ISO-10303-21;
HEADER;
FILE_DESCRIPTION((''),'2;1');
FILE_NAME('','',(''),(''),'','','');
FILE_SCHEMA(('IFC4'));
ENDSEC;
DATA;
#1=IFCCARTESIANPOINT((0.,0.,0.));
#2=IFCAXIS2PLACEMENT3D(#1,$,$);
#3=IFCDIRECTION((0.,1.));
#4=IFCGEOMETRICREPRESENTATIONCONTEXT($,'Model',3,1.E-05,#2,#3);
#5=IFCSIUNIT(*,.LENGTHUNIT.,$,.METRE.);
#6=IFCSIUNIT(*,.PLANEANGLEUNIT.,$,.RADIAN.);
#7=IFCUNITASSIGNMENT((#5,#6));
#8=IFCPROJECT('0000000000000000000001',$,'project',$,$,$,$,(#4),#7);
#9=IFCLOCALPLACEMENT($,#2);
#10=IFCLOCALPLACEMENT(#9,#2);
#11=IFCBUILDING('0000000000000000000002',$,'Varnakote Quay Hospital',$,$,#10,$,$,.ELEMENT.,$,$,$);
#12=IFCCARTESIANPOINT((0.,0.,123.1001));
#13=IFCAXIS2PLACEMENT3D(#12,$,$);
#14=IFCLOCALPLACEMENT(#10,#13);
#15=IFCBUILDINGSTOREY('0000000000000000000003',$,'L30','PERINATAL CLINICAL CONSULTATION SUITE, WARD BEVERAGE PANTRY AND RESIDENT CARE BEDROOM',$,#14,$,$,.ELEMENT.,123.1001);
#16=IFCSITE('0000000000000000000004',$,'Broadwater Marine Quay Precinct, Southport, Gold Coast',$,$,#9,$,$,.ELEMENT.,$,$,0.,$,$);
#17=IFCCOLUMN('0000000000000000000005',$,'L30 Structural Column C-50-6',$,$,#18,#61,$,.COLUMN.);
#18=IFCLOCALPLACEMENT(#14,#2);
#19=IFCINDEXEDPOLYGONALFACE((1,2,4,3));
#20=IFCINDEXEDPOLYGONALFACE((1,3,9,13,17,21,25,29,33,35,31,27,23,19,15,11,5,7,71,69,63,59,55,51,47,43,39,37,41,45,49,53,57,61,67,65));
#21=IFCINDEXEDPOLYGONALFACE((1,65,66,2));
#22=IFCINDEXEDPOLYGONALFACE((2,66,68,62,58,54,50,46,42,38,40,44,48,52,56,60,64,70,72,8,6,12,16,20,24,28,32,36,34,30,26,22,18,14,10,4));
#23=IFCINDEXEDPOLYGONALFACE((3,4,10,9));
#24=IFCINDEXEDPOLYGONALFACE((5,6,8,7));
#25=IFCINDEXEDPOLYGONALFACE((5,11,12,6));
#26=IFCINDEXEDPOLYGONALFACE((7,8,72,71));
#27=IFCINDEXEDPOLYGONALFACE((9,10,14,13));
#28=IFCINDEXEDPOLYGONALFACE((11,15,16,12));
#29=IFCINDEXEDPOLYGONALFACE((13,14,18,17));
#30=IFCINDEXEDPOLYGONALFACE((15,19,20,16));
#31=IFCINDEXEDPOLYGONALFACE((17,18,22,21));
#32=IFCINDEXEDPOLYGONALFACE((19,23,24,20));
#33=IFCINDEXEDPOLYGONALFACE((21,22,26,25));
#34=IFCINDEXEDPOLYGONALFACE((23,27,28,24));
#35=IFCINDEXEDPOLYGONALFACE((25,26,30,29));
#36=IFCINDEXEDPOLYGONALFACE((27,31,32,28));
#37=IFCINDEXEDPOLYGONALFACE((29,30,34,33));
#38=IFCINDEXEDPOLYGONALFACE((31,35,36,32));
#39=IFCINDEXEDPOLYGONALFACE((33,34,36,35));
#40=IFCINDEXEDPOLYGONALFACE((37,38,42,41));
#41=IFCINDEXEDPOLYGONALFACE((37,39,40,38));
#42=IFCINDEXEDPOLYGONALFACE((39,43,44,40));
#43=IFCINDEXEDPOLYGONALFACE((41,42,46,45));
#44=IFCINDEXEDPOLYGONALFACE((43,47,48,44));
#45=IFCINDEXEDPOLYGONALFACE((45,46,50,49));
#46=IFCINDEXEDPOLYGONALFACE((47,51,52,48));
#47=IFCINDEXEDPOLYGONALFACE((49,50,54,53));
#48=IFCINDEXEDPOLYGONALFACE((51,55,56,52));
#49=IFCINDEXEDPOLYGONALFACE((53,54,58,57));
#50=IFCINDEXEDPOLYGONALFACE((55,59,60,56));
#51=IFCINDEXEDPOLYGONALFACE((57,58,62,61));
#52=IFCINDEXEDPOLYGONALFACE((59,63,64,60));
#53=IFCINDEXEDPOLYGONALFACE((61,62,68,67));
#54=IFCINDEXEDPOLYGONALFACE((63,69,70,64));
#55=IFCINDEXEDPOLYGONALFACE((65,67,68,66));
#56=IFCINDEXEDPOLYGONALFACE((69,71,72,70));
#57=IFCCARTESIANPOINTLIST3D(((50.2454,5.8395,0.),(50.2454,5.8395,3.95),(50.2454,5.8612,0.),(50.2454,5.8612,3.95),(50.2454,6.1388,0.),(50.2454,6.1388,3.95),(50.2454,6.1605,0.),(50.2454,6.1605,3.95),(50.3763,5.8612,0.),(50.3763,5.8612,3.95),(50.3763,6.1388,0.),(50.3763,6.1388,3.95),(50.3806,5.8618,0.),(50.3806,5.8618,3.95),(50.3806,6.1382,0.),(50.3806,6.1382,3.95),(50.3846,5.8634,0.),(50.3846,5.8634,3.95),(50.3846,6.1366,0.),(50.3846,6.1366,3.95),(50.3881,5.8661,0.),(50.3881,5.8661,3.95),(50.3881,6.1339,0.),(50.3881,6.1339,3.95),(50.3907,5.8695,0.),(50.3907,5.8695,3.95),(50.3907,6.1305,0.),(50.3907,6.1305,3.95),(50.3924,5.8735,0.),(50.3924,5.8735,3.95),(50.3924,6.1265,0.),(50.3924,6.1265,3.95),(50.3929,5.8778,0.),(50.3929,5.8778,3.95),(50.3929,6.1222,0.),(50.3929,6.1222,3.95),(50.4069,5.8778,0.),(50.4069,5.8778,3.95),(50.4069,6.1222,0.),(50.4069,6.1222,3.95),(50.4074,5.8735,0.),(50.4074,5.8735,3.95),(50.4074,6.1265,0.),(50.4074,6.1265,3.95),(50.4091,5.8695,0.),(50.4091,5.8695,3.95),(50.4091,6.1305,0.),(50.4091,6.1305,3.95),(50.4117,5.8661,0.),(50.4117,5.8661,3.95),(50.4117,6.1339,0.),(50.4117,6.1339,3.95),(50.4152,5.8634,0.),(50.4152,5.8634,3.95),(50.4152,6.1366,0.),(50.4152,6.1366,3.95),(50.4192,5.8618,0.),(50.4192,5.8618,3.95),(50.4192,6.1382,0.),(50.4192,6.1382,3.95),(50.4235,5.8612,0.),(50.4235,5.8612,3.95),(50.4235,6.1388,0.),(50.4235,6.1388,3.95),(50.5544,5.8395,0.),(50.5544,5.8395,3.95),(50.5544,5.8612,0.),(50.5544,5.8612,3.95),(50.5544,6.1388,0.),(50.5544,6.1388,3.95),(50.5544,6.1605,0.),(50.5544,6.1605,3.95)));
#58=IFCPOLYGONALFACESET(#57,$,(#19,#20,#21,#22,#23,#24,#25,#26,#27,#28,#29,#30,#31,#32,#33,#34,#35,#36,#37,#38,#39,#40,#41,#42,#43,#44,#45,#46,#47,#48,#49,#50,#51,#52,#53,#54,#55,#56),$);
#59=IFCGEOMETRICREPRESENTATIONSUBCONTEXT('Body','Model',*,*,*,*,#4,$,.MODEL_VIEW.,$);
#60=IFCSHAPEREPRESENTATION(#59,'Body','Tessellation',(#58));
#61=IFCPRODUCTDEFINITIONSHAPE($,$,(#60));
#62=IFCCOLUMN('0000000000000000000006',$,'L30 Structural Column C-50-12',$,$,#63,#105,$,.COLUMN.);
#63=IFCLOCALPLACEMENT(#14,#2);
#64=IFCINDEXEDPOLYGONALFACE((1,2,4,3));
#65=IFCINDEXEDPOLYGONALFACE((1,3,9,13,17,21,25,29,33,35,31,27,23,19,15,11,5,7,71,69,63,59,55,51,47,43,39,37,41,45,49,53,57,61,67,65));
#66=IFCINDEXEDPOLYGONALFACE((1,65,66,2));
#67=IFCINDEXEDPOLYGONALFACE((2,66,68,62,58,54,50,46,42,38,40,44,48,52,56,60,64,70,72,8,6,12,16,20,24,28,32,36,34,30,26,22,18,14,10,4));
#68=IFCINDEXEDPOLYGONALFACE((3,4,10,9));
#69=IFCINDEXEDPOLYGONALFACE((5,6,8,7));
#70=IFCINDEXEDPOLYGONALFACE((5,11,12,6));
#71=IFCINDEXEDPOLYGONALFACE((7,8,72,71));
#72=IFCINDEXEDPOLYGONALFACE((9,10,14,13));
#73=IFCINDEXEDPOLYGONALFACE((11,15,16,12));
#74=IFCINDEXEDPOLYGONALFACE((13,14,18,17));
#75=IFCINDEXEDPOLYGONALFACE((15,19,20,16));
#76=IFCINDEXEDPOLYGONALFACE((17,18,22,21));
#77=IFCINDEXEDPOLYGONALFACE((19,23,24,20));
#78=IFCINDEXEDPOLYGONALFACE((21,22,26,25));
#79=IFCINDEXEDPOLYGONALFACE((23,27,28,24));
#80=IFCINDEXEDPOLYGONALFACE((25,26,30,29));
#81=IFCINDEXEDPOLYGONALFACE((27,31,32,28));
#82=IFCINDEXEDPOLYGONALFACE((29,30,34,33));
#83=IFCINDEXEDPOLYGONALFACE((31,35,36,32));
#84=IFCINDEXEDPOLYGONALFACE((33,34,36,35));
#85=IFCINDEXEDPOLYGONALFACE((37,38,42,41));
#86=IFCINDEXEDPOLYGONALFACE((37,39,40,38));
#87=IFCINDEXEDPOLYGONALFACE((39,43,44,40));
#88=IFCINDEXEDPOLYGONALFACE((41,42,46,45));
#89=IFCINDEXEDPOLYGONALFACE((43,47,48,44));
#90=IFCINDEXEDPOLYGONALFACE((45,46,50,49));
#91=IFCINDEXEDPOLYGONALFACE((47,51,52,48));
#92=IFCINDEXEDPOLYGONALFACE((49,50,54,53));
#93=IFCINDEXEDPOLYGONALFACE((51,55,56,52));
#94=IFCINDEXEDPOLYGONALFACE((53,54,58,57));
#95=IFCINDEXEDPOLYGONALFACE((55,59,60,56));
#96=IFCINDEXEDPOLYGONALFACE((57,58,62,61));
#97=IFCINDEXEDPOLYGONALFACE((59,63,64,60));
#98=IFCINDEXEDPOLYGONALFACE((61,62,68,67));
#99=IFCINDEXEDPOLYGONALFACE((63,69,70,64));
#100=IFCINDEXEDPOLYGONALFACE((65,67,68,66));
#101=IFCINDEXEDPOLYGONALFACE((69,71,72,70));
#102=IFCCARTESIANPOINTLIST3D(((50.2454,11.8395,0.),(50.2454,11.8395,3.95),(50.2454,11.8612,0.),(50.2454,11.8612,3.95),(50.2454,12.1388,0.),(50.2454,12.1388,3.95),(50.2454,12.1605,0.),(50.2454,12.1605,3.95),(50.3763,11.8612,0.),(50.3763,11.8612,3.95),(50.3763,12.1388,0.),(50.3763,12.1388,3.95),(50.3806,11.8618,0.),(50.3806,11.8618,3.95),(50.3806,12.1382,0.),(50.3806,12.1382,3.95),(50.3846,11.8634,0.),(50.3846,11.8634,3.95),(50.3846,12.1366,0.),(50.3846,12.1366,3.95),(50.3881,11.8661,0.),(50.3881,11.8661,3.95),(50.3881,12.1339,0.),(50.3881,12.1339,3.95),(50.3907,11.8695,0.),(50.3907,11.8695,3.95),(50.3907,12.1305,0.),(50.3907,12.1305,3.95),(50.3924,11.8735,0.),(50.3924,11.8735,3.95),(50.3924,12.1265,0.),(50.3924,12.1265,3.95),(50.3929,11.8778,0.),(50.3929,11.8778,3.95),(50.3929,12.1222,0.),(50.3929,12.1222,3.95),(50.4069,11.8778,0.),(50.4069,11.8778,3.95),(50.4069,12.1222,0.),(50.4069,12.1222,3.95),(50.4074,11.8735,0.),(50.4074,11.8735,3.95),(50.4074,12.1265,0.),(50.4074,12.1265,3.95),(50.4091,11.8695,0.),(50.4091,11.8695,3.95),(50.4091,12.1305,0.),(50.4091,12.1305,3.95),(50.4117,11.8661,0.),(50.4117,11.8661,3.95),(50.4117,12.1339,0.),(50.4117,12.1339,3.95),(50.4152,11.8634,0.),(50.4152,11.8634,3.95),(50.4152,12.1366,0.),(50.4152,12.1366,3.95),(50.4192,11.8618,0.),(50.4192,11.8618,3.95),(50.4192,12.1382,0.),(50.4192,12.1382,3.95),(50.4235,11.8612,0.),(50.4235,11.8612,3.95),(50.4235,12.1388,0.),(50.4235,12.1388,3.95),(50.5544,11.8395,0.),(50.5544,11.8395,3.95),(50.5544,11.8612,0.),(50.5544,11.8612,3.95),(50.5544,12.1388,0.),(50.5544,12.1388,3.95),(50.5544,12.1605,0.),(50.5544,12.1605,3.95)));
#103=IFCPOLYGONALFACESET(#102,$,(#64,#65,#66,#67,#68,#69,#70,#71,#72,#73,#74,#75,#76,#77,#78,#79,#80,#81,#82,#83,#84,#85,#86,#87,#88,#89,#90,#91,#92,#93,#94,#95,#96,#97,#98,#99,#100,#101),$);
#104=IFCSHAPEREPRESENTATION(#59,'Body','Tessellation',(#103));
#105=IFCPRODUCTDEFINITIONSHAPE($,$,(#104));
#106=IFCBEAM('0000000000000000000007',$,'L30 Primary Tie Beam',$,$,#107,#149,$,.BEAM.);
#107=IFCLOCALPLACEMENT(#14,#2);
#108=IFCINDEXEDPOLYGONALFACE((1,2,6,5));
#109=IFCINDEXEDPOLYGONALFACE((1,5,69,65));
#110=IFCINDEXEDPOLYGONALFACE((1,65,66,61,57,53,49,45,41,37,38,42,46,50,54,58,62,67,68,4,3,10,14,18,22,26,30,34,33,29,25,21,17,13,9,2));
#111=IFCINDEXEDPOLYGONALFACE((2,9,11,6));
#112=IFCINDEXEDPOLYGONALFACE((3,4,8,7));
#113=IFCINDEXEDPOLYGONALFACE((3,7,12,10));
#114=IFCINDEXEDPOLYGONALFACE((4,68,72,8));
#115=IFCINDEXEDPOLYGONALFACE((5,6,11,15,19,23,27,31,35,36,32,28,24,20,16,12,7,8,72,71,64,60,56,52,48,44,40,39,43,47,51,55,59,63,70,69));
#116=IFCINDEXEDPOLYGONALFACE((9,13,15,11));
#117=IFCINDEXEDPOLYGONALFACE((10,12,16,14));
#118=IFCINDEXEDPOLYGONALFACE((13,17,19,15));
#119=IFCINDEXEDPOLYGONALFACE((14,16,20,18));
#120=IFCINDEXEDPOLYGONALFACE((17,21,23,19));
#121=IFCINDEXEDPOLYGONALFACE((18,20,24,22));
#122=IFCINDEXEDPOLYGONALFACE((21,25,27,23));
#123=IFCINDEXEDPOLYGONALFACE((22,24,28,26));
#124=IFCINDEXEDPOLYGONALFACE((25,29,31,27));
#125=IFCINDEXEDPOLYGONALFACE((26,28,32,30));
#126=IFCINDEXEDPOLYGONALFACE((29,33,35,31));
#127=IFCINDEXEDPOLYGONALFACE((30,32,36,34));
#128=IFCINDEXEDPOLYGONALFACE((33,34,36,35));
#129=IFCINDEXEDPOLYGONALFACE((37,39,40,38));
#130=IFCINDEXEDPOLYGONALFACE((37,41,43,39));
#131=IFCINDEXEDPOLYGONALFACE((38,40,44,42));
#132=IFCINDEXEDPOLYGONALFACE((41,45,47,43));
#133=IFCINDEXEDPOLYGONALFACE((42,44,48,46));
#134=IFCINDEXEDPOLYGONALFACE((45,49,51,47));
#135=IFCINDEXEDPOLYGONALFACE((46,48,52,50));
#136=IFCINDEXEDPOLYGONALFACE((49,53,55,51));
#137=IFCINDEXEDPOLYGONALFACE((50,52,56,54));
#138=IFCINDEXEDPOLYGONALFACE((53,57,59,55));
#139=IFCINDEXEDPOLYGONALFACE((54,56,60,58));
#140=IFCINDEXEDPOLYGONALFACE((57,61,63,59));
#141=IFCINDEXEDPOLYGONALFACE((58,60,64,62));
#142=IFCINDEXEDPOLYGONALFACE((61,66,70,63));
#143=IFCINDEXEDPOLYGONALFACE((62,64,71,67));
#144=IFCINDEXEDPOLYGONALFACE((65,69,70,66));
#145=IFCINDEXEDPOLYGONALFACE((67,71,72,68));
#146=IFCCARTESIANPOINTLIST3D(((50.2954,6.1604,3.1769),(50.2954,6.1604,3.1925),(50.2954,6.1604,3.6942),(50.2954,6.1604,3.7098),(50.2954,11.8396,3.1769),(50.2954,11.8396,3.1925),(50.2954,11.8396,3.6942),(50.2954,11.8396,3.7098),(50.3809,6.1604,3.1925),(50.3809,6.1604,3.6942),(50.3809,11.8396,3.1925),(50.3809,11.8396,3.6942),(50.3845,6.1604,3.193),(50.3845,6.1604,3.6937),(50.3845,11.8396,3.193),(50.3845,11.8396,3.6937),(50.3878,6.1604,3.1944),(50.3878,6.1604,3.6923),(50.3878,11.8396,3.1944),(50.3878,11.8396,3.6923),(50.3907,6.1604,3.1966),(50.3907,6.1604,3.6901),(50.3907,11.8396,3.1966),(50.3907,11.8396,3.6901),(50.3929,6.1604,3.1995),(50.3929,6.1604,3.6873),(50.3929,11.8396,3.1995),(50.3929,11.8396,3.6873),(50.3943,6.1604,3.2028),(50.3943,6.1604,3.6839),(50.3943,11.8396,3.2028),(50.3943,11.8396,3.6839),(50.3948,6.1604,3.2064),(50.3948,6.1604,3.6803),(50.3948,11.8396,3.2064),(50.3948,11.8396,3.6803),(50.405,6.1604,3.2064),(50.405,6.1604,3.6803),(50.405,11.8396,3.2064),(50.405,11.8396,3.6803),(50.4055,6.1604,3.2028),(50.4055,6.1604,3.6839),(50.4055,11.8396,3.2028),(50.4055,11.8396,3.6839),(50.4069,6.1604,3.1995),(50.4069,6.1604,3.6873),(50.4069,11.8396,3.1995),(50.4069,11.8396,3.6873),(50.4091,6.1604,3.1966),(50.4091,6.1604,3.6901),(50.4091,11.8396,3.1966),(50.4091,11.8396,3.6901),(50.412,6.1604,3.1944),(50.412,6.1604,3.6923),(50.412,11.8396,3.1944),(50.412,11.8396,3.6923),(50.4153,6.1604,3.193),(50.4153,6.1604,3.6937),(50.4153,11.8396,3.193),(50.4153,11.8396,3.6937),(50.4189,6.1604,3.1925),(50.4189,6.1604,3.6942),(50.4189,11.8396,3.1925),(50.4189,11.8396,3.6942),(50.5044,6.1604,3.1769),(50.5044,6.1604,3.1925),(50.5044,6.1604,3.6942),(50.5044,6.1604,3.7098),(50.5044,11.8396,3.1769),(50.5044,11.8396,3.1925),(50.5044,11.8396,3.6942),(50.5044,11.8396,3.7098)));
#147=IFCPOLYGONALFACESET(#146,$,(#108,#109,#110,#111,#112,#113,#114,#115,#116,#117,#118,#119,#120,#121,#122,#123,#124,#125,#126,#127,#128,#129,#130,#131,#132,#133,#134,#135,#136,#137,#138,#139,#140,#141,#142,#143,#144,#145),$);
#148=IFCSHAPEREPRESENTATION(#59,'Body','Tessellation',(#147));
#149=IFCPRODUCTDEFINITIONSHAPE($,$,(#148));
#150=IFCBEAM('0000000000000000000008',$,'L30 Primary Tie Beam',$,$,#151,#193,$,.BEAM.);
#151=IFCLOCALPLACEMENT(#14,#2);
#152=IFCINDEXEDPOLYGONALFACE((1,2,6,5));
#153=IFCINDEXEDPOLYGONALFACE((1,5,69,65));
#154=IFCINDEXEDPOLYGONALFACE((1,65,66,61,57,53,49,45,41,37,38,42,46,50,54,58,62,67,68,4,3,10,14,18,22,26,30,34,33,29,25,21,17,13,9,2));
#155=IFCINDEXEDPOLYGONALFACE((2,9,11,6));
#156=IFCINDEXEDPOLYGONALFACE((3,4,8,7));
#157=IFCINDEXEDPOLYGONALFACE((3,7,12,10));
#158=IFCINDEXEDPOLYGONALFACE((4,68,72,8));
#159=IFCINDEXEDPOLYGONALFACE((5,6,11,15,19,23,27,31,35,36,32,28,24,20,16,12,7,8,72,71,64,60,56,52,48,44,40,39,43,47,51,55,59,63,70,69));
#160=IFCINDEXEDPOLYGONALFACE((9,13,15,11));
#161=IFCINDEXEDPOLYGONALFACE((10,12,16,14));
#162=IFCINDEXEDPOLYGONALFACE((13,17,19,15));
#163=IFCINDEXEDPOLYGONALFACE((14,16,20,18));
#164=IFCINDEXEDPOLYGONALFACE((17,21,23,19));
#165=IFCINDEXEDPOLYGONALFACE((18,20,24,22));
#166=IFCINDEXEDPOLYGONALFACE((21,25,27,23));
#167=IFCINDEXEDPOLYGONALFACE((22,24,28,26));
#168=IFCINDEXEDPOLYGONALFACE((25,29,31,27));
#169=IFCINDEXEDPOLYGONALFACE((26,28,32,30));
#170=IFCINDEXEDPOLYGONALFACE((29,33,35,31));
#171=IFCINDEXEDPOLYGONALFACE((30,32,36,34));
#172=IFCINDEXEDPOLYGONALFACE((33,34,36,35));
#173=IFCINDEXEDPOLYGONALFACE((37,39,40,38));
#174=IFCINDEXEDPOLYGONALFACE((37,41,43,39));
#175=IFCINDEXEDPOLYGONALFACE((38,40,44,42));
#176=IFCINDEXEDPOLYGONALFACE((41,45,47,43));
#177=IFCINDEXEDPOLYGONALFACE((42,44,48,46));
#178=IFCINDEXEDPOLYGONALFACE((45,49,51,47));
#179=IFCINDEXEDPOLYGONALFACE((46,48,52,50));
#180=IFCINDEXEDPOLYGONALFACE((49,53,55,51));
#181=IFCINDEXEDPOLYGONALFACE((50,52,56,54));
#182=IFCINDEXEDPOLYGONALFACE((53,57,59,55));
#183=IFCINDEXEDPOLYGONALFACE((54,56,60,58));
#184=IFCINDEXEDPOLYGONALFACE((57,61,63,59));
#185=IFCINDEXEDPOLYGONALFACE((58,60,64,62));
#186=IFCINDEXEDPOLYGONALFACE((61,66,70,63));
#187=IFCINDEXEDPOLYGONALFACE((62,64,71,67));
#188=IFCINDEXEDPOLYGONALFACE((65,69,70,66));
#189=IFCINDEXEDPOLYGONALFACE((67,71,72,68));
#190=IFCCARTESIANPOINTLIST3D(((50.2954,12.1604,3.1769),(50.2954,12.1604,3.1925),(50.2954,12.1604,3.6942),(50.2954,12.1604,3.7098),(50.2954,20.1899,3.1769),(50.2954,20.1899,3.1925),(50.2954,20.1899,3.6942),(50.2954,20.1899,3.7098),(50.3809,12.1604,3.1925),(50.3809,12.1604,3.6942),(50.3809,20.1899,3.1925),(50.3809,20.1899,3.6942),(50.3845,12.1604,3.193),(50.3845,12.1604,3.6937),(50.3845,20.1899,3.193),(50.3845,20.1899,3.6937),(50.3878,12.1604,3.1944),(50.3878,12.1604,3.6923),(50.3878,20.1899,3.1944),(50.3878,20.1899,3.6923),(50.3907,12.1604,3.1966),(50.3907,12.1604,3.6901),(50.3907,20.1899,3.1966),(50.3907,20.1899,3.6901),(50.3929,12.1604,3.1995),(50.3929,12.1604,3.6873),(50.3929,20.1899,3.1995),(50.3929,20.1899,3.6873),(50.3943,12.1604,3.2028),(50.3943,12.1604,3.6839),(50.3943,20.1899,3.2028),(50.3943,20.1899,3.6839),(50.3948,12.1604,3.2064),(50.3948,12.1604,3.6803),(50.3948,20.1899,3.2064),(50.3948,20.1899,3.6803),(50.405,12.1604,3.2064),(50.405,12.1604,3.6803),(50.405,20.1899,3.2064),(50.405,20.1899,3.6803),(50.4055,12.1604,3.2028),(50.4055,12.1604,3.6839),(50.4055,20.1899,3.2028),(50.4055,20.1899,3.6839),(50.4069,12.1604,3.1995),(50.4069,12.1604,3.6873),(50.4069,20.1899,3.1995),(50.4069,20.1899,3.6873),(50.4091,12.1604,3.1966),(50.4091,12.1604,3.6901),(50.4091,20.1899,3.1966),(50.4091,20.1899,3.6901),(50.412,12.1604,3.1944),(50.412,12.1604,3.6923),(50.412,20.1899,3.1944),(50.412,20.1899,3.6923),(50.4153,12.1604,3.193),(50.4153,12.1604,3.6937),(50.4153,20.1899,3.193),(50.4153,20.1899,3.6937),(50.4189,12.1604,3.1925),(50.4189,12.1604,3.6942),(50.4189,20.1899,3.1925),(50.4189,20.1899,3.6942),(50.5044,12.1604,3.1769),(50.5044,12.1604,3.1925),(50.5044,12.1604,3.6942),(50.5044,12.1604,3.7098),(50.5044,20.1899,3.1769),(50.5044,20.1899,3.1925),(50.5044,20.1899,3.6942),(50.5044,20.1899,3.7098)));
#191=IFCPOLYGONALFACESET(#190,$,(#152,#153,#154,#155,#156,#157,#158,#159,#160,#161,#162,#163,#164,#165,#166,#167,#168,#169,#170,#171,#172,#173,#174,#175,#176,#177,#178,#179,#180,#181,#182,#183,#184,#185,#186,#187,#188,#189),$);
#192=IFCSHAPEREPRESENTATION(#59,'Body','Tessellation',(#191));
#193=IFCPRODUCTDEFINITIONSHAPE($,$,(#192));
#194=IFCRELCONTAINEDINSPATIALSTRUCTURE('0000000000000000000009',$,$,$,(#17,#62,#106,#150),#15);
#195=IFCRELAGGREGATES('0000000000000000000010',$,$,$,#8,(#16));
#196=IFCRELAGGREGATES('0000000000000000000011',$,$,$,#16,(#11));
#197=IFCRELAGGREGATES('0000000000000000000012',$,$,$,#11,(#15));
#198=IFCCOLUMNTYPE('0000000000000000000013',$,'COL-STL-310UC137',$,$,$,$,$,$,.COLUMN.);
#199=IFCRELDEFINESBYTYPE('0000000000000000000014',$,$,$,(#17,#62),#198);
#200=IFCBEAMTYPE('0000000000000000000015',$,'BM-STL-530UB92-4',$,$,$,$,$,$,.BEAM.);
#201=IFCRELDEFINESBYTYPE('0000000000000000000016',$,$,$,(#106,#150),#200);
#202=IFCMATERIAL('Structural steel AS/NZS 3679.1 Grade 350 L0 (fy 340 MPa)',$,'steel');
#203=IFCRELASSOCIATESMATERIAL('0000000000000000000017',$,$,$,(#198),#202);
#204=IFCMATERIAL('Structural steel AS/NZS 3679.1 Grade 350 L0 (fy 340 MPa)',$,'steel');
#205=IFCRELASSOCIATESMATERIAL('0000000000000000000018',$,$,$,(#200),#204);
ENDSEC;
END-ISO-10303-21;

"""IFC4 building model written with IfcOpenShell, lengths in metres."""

from ifc_helpers import new_model, si_unit, direction, frame, origin, origin_2d, place, context, subcontext, project, spatial, i_section, extrude, material, material_profile, profile_set, type_object, element, save


model = new_model("IFC4")

# Units and contexts
model_context = context("Model", 3, precision=1e-05, world=origin(), true_north=direction((0.0, 1.0)))
body_context = subcontext(model_context, "Body", "Model", "MODEL_VIEW")
ifc_project = project(units=[si_unit("LENGTHUNIT", "METRE"), si_unit("PLANEANGLEUNIT", "RADIAN")], contexts=[model_context])

# Site, building, storey
site_placement = place(None, origin())
site = spatial("IfcSite", under=ifc_project, at=site_placement, Name="Broadwater Marine Quay Precinct, Southport, Gold Coast", CompositionType="ELEMENT", RefElevation=0.0)
building_placement = place(site_placement, origin())
building = spatial("IfcBuilding", under=site, at=building_placement, Name="Varnakote Quay Hospital", CompositionType="ELEMENT")
storey_placement = place(building_placement, frame((0.0, 0.0, 123.1001)))
storey = spatial("IfcBuildingStorey", under=building, at=storey_placement, Name="L30", Description="PERINATAL CLINICAL CONSULTATION SUITE, WARD BEVERAGE PANTRY AND RESIDENT CARE BEDROOM", CompositionType="ELEMENT", Elevation=123.1001)

# Columns
ifc_material_1 = material(Name="Structural steel AS/NZS 3679.1 Grade 350 L0 (fy 340 MPa)", Category="steel")
ifc_material_profile_1 = material_profile(ifc_material_1, i_section(OverallWidth=0.3091, OverallDepth=0.321, WebThickness=0.0139, FlangeThickness=0.0217, FilletRadius=0.0166, at=origin_2d()), Name="310UC137")
ifc_profile_set_1 = profile_set([ifc_material_profile_1], Name="Structural steel AS/NZS 3679.1 Grade 350 L0 (fy 340 MPa)")
column_type = type_object("IfcColumnType", Name="COL-STL-310UC137", PredefinedType="COLUMN", material=ifc_profile_set_1)
for number, where, z_axis, x_axis, name in (
    (1, (50.3999, 6.0, 0.0), (0.0, 0.0, 1.0), (1.0, 0.0, 0.0), "L30 Structural Column C-50-6"),
    (2, (50.3999, 12.0, 0.0), (0.0, 0.0, 1.0), (1.0, 0.0, 0.0), "L30 Structural Column C-50-12"),
):
    element("IfcColumn", number, at=place(storey_placement, frame(where, z_axis=z_axis, x_axis=x_axis)), inside=storey, type_object=column_type, Name=name, PredefinedType="COLUMN", context=body_context, shape_type="SweptSolid", body=[
        extrude(i_section(OverallWidth=0.3091, OverallDepth=0.321, WebThickness=0.0139, FlangeThickness=0.0217, FilletRadius=0.0166, at=origin_2d()), origin(), (0.0, 0.0, 1.0), 3.95),
    ])

# Beams
ifc_material_2 = material(Name="Structural steel AS/NZS 3679.1 Grade 350 L0 (fy 340 MPa)", Category="steel")
ifc_material_profile_2 = material_profile(ifc_material_2, i_section(OverallWidth=0.209, OverallDepth=0.533, WebThickness=0.0103, FlangeThickness=0.0156, FilletRadius=0.0139, at=origin_2d()), Name="530UB92.4")
ifc_profile_set_2 = profile_set([ifc_material_profile_2], Name="Structural steel AS/NZS 3679.1 Grade 350 L0 (fy 340 MPa)")
beam_type = type_object("IfcBeamType", Name="BM-STL-530UB92-4", PredefinedType="BEAM", material=ifc_profile_set_2)
beam_1_placement = place(storey_placement, frame((50.3999, 6.1604, 3.4434), z_axis=(0.0, 1.0, 0.0), x_axis=(-1.0, 0.0, 0.0)))
element("IfcBeam", 3, at=beam_1_placement, inside=storey, type_object=beam_type, Name="L30 Primary Tie Beam", PredefinedType="BEAM", context=body_context, shape_type="SweptSolid", body=[
    extrude(i_section(OverallWidth=0.209, OverallDepth=0.533, WebThickness=0.0103, FlangeThickness=0.0156, FilletRadius=0.0139, at=origin_2d()), origin(), (0.0, 0.0, 1.0), 5.6792),
])
beam_2_placement = place(storey_placement, frame((50.3999, 12.1604, 3.4434), z_axis=(0.0, 1.0, 0.0), x_axis=(-1.0, 0.0, 0.0)))
element("IfcBeam", 4, at=beam_2_placement, inside=storey, type_object=beam_type, Name="L30 Primary Tie Beam", PredefinedType="BEAM", context=body_context, shape_type="SweptSolid", body=[
    extrude(i_section(OverallWidth=0.209, OverallDepth=0.533, WebThickness=0.0103, FlangeThickness=0.0156, FilletRadius=0.0139, at=origin_2d()), origin(), (0.0, 0.0, 1.0), 8.0295),
])

save(model, "model.ifc")
